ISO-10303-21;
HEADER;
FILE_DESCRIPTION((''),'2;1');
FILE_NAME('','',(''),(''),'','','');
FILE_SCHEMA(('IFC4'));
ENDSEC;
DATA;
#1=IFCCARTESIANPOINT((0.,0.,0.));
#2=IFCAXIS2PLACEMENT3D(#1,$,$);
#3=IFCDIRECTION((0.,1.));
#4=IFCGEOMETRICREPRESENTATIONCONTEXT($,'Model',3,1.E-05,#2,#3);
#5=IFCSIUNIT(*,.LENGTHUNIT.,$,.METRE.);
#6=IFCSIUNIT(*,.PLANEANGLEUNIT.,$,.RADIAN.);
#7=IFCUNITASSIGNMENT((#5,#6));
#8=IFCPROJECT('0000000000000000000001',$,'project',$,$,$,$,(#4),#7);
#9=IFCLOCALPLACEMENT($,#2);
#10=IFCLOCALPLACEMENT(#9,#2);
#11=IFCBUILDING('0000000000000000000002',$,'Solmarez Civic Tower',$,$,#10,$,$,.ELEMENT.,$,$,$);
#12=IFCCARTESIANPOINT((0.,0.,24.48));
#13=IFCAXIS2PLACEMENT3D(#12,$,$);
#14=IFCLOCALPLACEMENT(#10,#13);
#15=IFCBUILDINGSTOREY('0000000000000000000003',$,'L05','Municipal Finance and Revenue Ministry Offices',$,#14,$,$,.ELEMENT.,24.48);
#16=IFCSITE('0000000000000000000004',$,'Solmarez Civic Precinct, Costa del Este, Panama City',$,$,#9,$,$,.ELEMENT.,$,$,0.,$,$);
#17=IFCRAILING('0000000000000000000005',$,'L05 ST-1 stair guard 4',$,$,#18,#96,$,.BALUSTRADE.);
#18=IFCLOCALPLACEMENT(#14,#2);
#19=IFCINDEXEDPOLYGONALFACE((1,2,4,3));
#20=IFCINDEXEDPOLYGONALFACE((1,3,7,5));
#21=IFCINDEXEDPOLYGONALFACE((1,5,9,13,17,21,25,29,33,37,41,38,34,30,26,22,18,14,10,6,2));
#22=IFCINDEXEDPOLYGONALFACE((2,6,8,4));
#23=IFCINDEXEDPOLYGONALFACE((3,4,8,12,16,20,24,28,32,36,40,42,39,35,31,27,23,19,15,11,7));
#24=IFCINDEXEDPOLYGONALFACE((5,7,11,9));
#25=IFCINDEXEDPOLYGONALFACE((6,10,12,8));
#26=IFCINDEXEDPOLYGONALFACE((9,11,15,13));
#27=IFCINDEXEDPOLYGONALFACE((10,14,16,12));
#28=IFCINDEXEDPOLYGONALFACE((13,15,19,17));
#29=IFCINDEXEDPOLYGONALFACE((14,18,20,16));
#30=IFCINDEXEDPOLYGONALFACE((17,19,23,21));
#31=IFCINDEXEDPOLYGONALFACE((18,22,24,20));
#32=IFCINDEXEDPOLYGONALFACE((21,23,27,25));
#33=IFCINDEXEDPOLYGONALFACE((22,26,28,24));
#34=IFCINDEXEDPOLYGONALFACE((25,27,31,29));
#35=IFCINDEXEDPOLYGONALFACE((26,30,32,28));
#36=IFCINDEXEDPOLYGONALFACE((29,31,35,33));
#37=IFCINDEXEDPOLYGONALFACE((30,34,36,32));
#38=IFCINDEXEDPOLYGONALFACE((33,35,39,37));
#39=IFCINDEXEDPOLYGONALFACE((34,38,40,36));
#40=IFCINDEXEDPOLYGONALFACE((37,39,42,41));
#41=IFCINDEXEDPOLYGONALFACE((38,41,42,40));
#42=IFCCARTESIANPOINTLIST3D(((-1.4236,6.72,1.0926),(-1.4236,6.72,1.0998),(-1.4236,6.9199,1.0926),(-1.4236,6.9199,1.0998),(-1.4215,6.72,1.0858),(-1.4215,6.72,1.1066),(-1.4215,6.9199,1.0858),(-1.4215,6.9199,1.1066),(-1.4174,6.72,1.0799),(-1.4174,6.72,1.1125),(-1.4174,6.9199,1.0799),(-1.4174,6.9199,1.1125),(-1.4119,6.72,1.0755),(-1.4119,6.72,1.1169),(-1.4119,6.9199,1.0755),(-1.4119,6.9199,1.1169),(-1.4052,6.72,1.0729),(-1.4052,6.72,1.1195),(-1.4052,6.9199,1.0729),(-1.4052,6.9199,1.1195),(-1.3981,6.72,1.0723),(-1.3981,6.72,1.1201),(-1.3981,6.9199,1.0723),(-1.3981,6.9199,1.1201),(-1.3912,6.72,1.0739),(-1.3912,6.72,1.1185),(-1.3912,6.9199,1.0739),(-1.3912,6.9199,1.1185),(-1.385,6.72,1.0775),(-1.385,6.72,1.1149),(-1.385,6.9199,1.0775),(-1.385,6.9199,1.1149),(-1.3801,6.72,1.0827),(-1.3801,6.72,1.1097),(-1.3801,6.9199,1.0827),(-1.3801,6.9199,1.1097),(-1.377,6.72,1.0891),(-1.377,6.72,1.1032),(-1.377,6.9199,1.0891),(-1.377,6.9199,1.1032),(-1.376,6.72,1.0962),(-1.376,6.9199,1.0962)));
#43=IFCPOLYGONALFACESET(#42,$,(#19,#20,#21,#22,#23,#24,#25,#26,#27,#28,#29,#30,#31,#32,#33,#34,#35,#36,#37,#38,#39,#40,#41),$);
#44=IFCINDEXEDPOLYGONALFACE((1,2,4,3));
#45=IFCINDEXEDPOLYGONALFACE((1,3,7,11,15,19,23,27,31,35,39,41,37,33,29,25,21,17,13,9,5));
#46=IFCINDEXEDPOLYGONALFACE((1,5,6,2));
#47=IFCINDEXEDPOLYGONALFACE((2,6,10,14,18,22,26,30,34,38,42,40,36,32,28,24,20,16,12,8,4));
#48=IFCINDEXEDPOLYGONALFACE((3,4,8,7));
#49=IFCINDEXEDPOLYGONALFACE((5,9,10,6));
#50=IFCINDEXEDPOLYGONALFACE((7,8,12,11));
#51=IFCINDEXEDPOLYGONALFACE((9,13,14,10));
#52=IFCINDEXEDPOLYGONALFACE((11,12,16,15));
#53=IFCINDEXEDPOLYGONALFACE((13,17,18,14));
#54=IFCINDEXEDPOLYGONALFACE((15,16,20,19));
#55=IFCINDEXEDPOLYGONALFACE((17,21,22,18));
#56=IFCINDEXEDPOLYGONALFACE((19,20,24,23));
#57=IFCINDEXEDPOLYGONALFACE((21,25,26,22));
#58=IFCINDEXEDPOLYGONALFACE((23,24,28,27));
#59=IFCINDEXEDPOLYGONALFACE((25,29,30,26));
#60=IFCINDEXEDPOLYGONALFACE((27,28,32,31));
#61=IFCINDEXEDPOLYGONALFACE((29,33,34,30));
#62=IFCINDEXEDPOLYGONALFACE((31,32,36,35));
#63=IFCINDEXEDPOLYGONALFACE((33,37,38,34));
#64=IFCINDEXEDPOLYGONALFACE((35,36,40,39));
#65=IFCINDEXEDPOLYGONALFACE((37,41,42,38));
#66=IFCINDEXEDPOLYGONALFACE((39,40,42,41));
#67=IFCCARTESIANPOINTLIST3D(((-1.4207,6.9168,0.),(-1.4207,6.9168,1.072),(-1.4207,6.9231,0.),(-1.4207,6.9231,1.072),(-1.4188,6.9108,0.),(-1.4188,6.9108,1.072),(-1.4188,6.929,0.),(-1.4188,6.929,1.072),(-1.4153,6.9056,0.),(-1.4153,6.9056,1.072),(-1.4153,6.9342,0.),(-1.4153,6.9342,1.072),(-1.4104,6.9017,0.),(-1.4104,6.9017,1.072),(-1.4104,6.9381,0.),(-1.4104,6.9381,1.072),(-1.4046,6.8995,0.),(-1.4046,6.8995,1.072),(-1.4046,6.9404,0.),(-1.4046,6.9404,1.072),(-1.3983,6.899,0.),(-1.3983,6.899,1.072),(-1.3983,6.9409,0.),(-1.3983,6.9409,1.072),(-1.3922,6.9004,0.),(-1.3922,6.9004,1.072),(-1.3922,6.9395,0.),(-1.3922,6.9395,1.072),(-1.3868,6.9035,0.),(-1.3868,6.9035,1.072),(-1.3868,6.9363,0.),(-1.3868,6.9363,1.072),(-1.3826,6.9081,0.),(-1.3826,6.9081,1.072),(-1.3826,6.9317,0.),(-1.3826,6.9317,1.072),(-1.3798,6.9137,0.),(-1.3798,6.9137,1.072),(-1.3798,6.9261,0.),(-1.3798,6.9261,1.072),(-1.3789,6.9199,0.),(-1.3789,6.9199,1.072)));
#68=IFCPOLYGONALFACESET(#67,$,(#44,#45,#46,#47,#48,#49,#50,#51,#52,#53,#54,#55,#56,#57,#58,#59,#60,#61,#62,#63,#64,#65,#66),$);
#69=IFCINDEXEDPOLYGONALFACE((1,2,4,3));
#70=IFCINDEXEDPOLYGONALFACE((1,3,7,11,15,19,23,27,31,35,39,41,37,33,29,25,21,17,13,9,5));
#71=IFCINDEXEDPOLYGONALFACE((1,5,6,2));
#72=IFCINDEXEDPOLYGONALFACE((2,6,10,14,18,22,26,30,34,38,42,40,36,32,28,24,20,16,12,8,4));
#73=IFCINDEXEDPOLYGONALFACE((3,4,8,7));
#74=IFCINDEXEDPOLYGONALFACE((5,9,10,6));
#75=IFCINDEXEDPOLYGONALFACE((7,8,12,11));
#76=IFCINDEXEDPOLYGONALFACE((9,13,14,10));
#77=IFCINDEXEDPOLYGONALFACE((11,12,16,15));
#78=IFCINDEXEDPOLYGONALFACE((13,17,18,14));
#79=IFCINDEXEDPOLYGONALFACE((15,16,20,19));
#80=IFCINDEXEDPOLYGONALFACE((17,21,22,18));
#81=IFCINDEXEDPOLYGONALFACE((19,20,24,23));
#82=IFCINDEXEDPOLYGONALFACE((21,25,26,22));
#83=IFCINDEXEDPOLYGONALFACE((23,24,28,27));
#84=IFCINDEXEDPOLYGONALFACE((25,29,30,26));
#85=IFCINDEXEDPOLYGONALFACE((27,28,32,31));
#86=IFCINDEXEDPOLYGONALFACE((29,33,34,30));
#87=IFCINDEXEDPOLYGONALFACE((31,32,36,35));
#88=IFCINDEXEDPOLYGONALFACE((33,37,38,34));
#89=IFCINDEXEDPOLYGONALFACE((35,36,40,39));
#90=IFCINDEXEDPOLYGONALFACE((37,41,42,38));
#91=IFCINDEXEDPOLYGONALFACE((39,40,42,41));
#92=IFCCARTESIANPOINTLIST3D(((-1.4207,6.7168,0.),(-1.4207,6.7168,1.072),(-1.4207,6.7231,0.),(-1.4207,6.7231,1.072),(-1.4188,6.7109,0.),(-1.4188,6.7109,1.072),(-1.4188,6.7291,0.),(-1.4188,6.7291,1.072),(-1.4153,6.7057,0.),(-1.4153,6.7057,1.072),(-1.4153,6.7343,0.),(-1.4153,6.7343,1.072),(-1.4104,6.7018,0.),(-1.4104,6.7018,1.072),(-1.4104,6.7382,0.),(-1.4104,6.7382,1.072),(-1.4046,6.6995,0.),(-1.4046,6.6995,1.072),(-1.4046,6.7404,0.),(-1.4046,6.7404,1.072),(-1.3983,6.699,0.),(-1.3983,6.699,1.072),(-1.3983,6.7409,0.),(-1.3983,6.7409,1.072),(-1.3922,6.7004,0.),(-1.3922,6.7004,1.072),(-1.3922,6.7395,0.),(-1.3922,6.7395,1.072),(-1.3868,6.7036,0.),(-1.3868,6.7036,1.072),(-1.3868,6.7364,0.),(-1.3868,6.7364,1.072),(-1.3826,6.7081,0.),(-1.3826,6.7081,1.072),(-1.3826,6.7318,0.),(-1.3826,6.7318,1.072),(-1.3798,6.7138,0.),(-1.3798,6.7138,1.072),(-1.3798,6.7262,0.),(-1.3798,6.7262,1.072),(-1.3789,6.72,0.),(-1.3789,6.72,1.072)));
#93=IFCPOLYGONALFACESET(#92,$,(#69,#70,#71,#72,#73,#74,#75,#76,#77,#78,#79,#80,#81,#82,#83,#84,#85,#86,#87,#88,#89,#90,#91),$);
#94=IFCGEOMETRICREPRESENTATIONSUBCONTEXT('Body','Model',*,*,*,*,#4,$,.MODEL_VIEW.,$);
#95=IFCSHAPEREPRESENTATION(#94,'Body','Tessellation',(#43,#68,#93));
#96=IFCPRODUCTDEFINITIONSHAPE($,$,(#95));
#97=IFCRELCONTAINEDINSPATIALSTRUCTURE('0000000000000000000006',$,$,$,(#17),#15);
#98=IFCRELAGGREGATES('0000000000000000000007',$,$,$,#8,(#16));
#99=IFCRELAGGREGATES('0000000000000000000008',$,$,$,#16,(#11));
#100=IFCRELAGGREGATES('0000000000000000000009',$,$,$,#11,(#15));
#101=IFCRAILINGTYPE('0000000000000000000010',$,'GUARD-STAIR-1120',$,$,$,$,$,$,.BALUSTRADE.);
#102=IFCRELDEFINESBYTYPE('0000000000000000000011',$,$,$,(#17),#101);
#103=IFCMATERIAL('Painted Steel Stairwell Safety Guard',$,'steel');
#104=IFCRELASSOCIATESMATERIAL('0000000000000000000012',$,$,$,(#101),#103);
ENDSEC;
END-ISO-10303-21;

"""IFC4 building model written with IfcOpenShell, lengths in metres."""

from ifc_helpers import new_model, si_unit, direction, frame, origin, origin_2d, place, context, subcontext, project, spatial, circle, extrude, material, type_object, element, save


model = new_model("IFC4")

# Units and contexts
model_context = context("Model", 3, precision=1e-05, world=origin(), true_north=direction((0.0, 1.0)))
body_context = subcontext(model_context, "Body", "Model", "MODEL_VIEW")
ifc_project = project(units=[si_unit("LENGTHUNIT", "METRE"), si_unit("PLANEANGLEUNIT", "RADIAN")], contexts=[model_context])

# Site, building, storey
site_placement = place(None, origin())
site = spatial("IfcSite", under=ifc_project, at=site_placement, Name="Solmarez Civic Precinct, Costa del Este, Panama City", CompositionType="ELEMENT", RefElevation=0.0)
building_placement = place(site_placement, origin())
building = spatial("IfcBuilding", under=site, at=building_placement, Name="Solmarez Civic Tower", CompositionType="ELEMENT")
storey_placement = place(building_placement, frame((0.0, 0.0, 24.48)))
storey = spatial("IfcBuildingStorey", under=building, at=storey_placement, Name="L05", Description="Municipal Finance and Revenue Ministry Offices", CompositionType="ELEMENT", Elevation=24.48)

# Railing
ifc_material_1 = material(Name="Painted Steel Stairwell Safety Guard", Category="steel")
railing_type_1 = type_object("IfcRailingType", Name="GUARD-STAIR-1120", PredefinedType="BALUSTRADE", material=ifc_material_1)
railing_1_placement = place(storey_placement, frame((-1.3999, 6.9199, 0.0)))
element("IfcRailing", 1, at=railing_1_placement, inside=storey, type_object=railing_type_1, Name="L05 ST-1 stair guard 4", PredefinedType="BALUSTRADE", context=body_context, shape_type="SweptSolid", body=[
    extrude(circle(Radius=0.0239, at=origin_2d()), frame((0.0, 0.0, 1.0962), z_axis=(0.0, -1.0, 0.0), x_axis=(1.0, 0.0, 0.0)), (0.0, 0.0, 1.0), 0.2),
    extrude(circle(Radius=0.021, at=origin_2d()), origin(), (0.0, 0.0, 1.0), 1.072),
    extrude(circle(Radius=0.021, at=origin_2d()), frame((0.0, -0.2, 0.0)), (0.0, 0.0, 1.0), 1.072),
])

save(model, "model.ifc")
